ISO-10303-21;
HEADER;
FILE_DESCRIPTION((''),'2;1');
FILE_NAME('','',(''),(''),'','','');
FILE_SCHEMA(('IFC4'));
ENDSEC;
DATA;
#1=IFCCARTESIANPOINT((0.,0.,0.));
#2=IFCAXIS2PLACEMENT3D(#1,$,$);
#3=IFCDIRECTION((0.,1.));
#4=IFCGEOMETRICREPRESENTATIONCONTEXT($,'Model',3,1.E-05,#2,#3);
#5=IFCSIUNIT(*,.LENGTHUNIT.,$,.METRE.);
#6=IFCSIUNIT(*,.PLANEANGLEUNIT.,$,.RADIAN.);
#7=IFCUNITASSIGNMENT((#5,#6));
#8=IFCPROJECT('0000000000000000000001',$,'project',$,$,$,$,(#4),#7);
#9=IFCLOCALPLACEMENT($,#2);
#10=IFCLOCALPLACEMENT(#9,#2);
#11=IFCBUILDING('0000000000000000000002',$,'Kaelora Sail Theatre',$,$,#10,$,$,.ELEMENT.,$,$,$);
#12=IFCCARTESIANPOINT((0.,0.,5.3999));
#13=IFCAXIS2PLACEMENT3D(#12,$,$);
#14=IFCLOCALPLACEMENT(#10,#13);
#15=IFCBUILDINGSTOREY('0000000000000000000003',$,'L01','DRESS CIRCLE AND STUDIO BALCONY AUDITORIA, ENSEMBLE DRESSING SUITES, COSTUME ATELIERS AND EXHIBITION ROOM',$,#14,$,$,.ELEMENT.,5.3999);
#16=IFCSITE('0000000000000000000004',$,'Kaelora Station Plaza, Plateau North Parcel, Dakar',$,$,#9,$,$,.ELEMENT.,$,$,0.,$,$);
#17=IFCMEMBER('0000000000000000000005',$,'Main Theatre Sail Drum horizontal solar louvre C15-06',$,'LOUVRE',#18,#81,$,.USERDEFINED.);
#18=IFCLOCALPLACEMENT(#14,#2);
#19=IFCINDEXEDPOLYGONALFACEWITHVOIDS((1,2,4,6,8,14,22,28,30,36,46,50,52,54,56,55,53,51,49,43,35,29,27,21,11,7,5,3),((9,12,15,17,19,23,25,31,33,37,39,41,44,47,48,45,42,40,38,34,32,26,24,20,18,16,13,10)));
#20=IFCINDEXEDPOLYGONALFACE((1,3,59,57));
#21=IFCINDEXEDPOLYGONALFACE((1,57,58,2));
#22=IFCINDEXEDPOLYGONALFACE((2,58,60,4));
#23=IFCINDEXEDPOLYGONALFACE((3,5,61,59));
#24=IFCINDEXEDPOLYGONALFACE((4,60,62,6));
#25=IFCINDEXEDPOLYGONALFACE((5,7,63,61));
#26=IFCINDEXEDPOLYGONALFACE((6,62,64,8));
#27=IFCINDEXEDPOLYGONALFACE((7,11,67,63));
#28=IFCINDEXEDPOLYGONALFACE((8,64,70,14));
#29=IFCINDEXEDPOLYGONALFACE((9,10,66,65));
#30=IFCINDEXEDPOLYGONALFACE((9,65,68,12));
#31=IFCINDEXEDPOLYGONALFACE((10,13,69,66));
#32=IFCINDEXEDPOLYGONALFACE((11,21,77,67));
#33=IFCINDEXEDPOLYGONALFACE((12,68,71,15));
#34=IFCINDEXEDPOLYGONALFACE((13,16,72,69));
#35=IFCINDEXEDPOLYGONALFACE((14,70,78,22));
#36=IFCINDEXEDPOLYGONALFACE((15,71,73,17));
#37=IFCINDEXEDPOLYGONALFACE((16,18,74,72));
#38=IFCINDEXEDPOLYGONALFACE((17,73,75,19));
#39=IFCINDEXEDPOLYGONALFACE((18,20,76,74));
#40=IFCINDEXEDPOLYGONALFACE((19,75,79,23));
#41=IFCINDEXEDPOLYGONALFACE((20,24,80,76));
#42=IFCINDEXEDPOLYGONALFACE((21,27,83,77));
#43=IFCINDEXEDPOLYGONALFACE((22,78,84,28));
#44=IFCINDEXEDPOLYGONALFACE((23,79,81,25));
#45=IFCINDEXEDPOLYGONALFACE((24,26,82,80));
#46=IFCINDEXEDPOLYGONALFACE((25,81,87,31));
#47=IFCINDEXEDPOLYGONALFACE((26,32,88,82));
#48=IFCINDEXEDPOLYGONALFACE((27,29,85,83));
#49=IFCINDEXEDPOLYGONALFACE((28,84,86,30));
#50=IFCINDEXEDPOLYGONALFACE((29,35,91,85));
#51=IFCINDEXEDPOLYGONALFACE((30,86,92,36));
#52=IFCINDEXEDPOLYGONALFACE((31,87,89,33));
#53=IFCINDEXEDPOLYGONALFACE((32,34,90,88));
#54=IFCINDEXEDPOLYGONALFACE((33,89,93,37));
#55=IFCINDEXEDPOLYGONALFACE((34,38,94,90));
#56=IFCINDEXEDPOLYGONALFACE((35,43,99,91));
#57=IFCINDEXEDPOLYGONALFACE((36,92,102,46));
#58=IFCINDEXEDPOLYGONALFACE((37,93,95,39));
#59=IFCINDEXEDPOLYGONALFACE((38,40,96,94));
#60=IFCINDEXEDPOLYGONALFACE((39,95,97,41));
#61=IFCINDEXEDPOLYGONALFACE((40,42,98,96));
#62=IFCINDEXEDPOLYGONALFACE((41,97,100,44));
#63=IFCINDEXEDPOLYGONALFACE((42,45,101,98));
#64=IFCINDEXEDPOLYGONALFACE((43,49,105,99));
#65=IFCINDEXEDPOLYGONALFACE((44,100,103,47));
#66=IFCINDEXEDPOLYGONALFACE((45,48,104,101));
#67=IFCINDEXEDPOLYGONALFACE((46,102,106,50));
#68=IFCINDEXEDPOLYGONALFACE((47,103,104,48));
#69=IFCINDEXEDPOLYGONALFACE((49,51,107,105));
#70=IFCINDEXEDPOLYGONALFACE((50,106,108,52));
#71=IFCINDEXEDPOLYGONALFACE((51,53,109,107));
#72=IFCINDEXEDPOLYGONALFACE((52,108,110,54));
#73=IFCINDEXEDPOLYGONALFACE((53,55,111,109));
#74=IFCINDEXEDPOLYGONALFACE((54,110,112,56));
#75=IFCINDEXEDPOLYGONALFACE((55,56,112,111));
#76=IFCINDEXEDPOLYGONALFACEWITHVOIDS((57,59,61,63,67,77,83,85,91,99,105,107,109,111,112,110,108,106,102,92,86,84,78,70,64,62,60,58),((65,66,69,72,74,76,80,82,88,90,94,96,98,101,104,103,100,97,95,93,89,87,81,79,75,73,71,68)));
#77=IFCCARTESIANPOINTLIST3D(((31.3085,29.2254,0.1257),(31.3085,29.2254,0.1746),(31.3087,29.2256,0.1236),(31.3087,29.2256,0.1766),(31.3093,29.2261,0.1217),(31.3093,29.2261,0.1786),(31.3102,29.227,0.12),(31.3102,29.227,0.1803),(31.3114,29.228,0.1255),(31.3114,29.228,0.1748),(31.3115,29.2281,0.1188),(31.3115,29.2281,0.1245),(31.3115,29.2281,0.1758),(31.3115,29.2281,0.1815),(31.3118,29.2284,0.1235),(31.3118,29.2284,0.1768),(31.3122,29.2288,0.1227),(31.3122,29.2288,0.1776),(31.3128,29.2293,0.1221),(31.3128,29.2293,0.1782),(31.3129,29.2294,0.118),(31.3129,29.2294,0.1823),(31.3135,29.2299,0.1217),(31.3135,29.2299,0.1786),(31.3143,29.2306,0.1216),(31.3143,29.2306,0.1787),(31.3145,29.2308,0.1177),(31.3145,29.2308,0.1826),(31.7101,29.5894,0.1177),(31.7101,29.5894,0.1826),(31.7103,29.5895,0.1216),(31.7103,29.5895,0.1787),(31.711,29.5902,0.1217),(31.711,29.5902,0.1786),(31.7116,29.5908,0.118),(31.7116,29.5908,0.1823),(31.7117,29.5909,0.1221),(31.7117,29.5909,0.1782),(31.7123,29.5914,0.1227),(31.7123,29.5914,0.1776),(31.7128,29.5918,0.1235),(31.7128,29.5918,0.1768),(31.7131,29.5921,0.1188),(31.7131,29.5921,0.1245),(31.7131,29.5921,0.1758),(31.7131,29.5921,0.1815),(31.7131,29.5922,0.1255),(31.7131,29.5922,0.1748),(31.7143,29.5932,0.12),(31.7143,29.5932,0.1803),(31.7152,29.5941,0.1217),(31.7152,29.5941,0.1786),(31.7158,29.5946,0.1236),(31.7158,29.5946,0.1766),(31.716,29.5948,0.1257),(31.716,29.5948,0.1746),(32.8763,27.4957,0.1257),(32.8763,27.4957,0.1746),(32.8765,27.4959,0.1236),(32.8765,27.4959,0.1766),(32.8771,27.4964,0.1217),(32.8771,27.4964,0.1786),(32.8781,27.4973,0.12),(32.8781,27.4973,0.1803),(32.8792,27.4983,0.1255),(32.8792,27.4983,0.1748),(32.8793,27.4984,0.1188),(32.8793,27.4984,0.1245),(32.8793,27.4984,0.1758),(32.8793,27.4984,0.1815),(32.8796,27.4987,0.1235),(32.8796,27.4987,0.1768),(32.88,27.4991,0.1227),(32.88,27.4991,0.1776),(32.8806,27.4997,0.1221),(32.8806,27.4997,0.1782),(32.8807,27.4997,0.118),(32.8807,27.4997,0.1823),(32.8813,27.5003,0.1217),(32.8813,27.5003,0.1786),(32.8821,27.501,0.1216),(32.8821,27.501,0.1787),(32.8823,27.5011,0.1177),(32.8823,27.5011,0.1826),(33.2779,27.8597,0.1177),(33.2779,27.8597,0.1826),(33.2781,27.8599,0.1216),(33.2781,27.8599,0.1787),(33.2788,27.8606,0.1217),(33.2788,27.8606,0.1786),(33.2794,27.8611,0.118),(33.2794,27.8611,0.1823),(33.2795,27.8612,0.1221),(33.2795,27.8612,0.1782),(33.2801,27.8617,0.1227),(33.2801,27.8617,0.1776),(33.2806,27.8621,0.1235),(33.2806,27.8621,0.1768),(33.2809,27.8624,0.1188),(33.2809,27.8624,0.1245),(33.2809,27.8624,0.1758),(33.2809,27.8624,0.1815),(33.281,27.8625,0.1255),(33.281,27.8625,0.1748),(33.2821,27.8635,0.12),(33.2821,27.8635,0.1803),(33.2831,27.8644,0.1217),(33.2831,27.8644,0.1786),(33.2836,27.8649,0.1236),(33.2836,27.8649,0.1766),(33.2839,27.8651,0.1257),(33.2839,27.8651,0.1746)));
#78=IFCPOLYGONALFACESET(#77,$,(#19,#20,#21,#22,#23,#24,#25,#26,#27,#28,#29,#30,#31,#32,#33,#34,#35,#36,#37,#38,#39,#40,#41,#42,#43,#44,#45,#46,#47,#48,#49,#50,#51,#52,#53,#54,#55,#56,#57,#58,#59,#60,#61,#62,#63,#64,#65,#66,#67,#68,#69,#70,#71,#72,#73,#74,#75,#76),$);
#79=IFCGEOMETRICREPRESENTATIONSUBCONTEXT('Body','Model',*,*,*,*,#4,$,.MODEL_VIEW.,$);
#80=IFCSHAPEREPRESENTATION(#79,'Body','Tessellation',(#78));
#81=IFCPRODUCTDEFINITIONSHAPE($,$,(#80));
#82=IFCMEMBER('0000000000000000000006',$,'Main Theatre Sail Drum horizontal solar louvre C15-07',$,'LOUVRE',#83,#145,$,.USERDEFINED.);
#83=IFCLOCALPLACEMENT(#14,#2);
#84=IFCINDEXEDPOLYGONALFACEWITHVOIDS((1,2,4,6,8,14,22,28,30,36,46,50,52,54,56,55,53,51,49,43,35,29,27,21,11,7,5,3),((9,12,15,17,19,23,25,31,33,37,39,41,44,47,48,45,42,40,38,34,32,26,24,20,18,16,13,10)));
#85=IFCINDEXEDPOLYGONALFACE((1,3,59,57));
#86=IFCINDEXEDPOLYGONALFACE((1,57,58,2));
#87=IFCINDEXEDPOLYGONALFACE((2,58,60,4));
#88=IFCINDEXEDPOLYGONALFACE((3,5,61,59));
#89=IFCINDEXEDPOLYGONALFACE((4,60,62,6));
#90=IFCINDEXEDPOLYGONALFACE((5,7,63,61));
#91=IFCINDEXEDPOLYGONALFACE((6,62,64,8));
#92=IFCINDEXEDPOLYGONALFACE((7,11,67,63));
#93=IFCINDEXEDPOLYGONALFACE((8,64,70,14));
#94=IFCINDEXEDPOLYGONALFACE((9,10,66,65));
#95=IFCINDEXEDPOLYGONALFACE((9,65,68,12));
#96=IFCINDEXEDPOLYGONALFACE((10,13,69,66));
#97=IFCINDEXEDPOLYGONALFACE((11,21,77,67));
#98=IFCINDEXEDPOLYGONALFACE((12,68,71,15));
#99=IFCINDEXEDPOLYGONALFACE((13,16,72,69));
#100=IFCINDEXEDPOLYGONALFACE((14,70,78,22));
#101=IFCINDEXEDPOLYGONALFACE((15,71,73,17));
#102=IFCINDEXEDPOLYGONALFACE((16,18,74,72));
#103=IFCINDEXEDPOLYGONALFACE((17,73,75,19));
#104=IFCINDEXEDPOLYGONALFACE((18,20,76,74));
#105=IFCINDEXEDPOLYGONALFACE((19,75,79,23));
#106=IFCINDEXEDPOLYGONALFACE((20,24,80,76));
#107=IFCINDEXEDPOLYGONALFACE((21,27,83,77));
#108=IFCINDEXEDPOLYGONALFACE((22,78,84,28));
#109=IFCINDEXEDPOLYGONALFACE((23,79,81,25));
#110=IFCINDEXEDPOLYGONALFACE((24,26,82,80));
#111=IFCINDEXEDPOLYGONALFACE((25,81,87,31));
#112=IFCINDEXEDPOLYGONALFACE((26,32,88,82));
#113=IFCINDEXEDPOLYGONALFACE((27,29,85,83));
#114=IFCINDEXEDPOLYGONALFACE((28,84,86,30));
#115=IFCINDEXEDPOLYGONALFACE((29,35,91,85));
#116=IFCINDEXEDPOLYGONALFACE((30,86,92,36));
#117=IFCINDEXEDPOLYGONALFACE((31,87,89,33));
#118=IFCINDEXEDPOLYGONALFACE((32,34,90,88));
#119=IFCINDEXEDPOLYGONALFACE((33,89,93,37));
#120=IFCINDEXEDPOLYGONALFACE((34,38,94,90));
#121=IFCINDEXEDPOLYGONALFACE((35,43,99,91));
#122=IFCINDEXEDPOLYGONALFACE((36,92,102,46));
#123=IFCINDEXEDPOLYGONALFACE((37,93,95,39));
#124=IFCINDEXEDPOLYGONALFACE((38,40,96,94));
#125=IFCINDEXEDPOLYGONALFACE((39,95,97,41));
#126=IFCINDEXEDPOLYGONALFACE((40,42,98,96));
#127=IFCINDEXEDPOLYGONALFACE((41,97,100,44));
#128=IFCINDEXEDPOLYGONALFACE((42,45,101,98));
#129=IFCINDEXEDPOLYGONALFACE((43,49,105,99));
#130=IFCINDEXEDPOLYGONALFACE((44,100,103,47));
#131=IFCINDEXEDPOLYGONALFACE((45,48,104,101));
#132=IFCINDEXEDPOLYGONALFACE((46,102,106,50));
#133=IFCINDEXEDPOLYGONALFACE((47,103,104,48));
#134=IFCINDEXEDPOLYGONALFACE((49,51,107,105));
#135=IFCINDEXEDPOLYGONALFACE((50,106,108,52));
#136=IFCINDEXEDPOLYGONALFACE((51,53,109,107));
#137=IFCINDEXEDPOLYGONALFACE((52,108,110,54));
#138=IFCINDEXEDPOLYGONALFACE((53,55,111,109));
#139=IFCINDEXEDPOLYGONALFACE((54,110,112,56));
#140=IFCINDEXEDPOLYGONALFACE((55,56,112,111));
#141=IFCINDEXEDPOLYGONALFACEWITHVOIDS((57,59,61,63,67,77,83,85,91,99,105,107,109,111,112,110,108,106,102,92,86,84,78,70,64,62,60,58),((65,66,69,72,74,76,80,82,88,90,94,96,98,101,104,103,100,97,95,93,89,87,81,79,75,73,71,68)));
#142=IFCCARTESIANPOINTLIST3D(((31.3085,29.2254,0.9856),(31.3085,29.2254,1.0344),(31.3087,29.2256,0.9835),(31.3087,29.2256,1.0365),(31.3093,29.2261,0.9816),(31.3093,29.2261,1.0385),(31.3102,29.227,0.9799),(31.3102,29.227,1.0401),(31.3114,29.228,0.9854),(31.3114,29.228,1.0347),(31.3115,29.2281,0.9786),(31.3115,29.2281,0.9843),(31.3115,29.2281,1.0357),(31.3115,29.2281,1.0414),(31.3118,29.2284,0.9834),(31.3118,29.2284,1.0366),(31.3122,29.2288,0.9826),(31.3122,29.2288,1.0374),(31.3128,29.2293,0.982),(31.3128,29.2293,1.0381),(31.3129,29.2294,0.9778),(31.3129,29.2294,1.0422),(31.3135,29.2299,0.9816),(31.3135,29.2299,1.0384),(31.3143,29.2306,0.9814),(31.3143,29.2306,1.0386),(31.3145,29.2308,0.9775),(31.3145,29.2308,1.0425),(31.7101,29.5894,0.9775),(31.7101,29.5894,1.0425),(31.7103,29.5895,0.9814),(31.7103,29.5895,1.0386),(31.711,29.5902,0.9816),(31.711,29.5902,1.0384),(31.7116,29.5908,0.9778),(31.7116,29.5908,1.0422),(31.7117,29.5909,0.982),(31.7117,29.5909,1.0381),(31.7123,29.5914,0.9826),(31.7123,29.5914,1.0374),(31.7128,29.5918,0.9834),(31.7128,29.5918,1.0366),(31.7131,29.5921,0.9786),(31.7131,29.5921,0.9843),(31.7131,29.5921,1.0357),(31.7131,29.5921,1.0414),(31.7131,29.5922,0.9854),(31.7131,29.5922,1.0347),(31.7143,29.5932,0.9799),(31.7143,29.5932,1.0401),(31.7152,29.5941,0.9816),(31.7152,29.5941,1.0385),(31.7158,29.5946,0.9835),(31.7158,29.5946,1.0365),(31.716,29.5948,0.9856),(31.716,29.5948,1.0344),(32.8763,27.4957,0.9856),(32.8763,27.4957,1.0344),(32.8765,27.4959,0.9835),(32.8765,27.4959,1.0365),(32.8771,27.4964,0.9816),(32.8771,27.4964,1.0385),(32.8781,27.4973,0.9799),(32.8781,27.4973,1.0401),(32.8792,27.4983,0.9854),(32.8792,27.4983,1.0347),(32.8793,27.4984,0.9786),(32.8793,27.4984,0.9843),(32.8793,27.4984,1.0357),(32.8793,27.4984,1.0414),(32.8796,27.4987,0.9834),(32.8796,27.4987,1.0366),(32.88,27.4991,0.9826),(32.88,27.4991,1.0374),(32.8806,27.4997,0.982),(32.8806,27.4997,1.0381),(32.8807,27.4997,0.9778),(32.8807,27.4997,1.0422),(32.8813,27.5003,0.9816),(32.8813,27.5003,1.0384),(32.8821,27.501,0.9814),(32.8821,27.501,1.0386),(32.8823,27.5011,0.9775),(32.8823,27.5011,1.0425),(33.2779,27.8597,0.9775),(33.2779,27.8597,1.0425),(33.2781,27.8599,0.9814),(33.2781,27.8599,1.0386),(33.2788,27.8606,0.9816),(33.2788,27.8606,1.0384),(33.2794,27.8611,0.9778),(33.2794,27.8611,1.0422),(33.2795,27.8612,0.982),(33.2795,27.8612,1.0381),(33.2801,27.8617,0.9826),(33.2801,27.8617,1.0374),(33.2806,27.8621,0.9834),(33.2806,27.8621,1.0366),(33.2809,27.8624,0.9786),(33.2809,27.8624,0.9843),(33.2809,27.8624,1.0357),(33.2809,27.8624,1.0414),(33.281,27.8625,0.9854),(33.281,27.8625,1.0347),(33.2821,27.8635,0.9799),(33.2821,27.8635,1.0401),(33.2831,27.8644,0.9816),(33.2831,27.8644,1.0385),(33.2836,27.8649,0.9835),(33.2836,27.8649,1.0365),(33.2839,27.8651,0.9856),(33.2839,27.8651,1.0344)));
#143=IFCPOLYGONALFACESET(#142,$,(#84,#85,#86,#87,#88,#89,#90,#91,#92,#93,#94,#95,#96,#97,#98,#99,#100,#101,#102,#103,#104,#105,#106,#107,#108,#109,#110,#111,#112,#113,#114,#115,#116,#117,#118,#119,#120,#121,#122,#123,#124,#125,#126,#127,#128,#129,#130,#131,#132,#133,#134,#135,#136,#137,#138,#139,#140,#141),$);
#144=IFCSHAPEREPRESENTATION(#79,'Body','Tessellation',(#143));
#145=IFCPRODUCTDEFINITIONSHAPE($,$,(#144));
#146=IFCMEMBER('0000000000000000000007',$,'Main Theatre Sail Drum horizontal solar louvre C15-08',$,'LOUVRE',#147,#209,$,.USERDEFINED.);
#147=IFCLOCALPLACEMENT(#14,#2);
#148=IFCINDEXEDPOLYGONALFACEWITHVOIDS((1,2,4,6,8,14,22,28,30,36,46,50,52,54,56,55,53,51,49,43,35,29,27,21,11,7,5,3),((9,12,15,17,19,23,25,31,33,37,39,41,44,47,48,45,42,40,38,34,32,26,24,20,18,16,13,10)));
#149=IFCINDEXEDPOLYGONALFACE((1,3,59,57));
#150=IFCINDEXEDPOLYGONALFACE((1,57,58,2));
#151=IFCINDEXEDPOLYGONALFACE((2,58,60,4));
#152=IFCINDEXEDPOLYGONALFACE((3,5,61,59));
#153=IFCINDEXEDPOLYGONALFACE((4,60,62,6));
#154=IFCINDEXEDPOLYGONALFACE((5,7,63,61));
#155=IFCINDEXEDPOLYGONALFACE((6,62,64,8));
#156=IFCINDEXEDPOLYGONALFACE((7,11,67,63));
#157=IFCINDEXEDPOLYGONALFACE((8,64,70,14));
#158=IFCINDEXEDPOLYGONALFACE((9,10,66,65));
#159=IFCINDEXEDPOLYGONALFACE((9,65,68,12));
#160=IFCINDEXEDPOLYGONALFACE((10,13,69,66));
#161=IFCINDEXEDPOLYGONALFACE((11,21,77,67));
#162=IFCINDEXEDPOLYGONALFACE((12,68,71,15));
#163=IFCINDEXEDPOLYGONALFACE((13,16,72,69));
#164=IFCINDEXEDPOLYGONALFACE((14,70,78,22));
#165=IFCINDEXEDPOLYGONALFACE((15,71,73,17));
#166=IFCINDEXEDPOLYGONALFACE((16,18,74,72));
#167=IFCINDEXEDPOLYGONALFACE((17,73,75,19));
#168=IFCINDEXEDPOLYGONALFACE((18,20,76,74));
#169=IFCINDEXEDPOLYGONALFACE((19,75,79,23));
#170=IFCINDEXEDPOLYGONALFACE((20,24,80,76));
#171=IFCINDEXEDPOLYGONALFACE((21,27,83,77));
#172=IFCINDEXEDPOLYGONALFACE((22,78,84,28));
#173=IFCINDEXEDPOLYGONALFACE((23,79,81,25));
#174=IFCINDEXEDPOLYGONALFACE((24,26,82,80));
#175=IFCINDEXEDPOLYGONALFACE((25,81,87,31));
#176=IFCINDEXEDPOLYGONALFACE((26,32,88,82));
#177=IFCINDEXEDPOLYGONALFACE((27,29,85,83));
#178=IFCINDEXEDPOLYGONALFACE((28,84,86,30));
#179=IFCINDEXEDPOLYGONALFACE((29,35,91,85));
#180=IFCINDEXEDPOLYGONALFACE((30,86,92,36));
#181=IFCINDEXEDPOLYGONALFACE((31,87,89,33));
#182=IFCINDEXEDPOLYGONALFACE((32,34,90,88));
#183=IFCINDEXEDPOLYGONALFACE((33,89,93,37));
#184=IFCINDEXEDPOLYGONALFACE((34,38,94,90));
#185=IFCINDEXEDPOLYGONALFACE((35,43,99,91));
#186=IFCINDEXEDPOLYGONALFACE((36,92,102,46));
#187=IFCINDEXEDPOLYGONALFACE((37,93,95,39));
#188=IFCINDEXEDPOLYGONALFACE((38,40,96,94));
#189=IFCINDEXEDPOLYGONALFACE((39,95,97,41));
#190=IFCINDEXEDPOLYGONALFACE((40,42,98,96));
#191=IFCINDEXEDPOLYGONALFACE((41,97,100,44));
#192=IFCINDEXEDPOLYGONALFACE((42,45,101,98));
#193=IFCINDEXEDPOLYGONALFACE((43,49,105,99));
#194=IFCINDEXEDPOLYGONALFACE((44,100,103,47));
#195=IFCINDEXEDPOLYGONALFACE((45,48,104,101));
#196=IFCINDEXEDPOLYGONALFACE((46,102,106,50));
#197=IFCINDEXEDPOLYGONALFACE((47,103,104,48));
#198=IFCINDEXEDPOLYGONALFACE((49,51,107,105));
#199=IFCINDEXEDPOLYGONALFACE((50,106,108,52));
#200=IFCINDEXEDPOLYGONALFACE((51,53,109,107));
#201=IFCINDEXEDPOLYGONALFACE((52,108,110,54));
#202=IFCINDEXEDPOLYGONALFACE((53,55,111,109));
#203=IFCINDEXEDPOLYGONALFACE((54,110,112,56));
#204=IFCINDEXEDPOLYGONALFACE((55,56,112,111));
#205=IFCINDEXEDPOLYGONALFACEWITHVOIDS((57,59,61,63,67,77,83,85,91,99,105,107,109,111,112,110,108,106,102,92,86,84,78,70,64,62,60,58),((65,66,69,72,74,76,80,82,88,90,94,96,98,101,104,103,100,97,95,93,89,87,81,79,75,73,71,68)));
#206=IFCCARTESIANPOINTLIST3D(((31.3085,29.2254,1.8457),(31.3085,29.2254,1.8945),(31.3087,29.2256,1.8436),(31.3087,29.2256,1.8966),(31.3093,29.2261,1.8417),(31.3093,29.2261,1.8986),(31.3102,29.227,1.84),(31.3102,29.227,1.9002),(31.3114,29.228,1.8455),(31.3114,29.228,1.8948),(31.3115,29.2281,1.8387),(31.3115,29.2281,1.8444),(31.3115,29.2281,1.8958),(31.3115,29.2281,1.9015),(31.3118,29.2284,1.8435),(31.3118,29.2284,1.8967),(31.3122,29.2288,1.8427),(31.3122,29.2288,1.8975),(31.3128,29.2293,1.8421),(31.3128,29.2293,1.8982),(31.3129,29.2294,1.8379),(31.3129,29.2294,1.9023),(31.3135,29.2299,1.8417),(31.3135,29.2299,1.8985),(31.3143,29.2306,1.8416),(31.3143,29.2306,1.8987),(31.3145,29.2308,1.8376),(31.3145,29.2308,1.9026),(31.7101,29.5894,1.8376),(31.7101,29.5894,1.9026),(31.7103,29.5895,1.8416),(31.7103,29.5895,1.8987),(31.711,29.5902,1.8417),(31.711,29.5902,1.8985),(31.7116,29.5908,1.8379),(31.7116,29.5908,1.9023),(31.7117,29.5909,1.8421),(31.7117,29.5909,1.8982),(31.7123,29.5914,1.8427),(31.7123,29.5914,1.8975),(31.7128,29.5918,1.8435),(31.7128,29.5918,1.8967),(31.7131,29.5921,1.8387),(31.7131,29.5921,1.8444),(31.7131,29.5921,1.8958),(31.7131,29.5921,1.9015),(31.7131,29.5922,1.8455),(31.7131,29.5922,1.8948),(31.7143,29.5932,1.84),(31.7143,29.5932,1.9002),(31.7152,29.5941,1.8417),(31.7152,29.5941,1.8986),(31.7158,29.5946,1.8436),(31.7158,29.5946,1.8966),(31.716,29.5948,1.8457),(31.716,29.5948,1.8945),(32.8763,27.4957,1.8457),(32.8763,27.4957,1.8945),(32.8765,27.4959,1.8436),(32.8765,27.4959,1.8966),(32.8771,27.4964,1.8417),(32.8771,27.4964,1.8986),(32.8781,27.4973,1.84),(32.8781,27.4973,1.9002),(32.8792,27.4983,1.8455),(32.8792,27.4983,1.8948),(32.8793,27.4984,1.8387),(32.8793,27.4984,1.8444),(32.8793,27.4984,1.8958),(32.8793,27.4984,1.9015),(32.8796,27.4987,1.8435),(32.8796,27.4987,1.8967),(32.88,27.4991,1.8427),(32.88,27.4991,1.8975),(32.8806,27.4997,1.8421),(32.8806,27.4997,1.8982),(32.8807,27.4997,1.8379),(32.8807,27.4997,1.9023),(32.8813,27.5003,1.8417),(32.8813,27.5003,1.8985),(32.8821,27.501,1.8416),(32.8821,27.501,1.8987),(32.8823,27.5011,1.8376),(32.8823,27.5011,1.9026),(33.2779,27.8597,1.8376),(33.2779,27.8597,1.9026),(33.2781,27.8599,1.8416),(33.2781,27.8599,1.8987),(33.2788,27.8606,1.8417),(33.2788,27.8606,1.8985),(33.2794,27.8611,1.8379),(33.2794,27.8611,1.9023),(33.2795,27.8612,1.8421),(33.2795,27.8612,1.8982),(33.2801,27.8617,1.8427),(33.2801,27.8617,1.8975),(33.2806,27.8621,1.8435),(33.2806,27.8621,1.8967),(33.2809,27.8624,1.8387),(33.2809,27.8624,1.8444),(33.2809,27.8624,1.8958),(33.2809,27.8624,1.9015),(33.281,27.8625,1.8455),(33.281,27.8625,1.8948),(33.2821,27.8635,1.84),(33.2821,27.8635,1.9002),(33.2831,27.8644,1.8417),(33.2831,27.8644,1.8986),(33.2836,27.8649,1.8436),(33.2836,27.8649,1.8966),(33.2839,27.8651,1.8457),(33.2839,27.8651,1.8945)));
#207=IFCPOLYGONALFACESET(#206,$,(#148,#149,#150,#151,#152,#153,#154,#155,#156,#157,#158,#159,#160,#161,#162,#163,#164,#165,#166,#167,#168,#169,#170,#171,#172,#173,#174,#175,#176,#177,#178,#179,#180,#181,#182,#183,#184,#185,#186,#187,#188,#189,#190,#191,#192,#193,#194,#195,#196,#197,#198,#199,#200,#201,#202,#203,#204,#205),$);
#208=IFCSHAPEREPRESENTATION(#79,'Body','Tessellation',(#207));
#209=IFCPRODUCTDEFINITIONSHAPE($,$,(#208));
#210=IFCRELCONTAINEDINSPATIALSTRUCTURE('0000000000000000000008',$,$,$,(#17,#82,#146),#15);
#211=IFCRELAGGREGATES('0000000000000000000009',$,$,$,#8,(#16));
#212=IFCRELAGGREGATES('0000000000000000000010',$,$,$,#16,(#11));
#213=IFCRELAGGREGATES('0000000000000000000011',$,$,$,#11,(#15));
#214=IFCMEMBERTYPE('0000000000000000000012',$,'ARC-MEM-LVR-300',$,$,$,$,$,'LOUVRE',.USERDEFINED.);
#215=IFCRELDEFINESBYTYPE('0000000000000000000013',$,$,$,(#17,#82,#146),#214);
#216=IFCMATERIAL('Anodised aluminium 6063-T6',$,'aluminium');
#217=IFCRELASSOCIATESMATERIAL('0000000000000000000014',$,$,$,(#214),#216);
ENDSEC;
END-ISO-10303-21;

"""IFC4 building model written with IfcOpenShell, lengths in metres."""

from ifc_helpers import new_model, si_unit, direction, frame, origin, origin_2d, place, context, subcontext, project, spatial, hollow_rectangle, extrude, material, material_profile, profile_set, type_object, element, save


model = new_model("IFC4")

# Units and contexts
model_context = context("Model", 3, precision=1e-05, world=origin(), true_north=direction((0.0, 1.0)))
body_context = subcontext(model_context, "Body", "Model", "MODEL_VIEW")
ifc_project = project(units=[si_unit("LENGTHUNIT", "METRE"), si_unit("PLANEANGLEUNIT", "RADIAN")], contexts=[model_context])

# Site, building, storey
site_placement = place(None, origin())
site = spatial("IfcSite", under=ifc_project, at=site_placement, Name="Kaelora Station Plaza, Plateau North Parcel, Dakar", CompositionType="ELEMENT", RefElevation=0.0)
building_placement = place(site_placement, origin())
building = spatial("IfcBuilding", under=site, at=building_placement, Name="Kaelora Sail Theatre", CompositionType="ELEMENT")
storey_placement = place(building_placement, frame((0.0, 0.0, 5.3999)))
storey = spatial("IfcBuildingStorey", under=building, at=storey_placement, Name="L01", Description="DRESS CIRCLE AND STUDIO BALCONY AUDITORIA, ENSEMBLE DRESSING SUITES, COSTUME ATELIERS AND EXHIBITION ROOM", CompositionType="ELEMENT", Elevation=5.3999)

# Members
ifc_material_1 = material(Name="Anodised aluminium 6063-T6", Category="aluminium")
ifc_material_profile_1 = material_profile(ifc_material_1, hollow_rectangle(XDim=0.55, YDim=0.0649, WallThickness=0.0039, InnerFilletRadius=0.0039, OuterFilletRadius=0.0081, at=origin_2d()), Name="LOUVRE 550x65x4")
ifc_profile_set_1 = profile_set([ifc_material_profile_1], Name="Anodised aluminium 6063-T6")
member_type = type_object("IfcMemberType", Name="ARC-MEM-LVR-300", ElementType="LOUVRE", PredefinedType="USERDEFINED", material=ifc_profile_set_1)
for number, where, z_axis, x_axis, name in (
    (1, (33.0801, 27.6804, 0.1501), (-0.671589, 0.740924, 0.0), (-0.740924, -0.671589, 0.0), "Main Theatre Sail Drum horizontal solar louvre C15-06"),
    (2, (33.0801, 27.6804, 1.01), (-0.671589, 0.740924, 0.0), (-0.740924, -0.671589, 0.0), "Main Theatre Sail Drum horizontal solar louvre C15-07"),
    (3, (33.0801, 27.6804, 1.8701), (-0.671589, 0.740924, 0.0), (-0.740924, -0.671589, 0.0), "Main Theatre Sail Drum horizontal solar louvre C15-08"),
):
    element("IfcMember", number, at=place(storey_placement, frame(where, z_axis=z_axis, x_axis=x_axis)), inside=storey, type_object=member_type, Name=name, ObjectType="LOUVRE", PredefinedType="USERDEFINED", context=body_context, shape_type="SweptSolid", body=[
        extrude(hollow_rectangle(XDim=0.55, YDim=0.0649, WallThickness=0.0039, InnerFilletRadius=0.0039, OuterFilletRadius=0.0081, at=origin_2d()), origin(), (0.0, 0.0, 1.0), 2.3345),
    ])

save(model, "model.ifc")
